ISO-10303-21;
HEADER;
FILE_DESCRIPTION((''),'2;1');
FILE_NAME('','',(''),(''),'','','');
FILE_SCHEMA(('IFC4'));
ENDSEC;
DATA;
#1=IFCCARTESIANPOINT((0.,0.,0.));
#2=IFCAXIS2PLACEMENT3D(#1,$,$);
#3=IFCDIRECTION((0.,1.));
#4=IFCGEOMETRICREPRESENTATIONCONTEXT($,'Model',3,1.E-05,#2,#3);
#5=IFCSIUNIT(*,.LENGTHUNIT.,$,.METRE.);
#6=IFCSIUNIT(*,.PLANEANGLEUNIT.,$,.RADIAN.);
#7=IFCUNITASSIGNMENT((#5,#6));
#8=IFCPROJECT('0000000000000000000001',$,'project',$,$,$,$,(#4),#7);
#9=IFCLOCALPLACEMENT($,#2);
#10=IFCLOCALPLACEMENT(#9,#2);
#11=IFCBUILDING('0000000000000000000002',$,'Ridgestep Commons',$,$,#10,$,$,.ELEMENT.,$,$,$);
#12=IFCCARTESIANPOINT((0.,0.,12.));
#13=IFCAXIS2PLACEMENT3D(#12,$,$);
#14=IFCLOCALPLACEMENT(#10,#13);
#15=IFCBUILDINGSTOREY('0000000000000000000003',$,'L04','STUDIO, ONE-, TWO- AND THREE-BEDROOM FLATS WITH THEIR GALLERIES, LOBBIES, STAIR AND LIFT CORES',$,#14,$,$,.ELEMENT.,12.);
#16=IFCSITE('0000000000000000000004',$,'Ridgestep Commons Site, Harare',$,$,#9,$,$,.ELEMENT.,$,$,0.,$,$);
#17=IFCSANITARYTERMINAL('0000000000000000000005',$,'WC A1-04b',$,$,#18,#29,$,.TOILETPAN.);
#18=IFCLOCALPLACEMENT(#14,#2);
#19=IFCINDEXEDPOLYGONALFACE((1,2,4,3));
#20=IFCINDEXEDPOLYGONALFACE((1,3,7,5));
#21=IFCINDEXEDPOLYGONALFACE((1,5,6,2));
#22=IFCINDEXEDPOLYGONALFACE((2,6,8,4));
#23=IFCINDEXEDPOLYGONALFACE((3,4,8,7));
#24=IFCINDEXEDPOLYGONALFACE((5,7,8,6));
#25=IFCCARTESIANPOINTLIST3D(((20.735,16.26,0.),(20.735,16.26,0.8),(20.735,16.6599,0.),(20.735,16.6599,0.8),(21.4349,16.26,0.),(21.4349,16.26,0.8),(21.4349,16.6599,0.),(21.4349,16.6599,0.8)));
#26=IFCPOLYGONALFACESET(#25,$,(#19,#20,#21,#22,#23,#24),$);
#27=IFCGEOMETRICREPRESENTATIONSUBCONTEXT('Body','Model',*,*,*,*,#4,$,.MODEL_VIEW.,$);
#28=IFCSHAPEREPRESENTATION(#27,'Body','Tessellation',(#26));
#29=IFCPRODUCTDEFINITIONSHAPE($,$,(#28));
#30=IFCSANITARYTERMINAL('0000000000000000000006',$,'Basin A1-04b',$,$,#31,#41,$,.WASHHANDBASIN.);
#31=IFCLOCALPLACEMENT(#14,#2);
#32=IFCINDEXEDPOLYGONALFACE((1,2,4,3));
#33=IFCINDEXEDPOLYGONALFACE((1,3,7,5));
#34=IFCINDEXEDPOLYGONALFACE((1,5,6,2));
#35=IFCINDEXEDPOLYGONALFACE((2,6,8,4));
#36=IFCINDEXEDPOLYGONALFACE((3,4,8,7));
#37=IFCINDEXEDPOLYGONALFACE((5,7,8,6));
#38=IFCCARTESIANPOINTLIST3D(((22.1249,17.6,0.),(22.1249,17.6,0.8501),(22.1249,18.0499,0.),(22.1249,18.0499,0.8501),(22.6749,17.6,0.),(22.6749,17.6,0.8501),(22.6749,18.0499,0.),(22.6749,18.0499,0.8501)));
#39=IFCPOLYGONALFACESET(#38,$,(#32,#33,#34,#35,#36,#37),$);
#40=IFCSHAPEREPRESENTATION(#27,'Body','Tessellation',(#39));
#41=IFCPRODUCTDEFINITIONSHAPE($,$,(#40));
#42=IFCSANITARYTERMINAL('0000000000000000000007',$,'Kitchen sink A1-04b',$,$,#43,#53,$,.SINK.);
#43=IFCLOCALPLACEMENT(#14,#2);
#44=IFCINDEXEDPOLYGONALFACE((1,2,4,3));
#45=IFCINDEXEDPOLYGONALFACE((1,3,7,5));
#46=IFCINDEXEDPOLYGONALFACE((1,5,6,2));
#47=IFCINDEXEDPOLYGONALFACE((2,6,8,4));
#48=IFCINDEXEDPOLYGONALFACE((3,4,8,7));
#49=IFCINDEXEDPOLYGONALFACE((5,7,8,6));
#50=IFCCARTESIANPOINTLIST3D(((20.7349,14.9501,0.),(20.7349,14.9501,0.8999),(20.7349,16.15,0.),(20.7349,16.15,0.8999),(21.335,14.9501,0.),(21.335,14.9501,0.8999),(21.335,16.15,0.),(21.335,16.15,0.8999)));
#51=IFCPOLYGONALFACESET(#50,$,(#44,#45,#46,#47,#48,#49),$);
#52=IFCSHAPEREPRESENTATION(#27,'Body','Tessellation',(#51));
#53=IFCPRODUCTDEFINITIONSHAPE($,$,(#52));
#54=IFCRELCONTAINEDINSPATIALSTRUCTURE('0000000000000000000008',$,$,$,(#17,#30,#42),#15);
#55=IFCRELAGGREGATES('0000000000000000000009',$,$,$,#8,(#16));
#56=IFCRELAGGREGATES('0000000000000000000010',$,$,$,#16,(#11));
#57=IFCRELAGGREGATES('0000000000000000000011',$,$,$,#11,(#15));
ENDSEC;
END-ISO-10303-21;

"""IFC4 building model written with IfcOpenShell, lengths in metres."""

from ifc_helpers import new_model, si_unit, direction, frame, origin, origin_2d, place, context, subcontext, project, spatial, rectangle, extrude, element, save


model = new_model("IFC4")

# Units and contexts
model_context = context("Model", 3, precision=1e-05, world=origin(), true_north=direction((0.0, 1.0)))
body_context = subcontext(model_context, "Body", "Model", "MODEL_VIEW")
ifc_project = project(units=[si_unit("LENGTHUNIT", "METRE"), si_unit("PLANEANGLEUNIT", "RADIAN")], contexts=[model_context])

# Site, building, storey
site_placement = place(None, origin())
site = spatial("IfcSite", under=ifc_project, at=site_placement, Name="Ridgestep Commons Site, Harare", CompositionType="ELEMENT", RefElevation=0.0)
building_placement = place(site_placement, origin())
building = spatial("IfcBuilding", under=site, at=building_placement, Name="Ridgestep Commons", CompositionType="ELEMENT")
storey_placement = place(building_placement, frame((0.0, 0.0, 12.0)))
storey = spatial("IfcBuildingStorey", under=building, at=storey_placement, Name="L04", Description="STUDIO, ONE-, TWO- AND THREE-BEDROOM FLATS WITH THEIR GALLERIES, LOBBIES, STAIR AND LIFT CORES", CompositionType="ELEMENT", Elevation=12.0)

# Sanitary terminals
sanitary_terminal_1_placement = place(storey_placement, frame((21.085, 16.46, 0.0), z_axis=(0.0, 0.0, 1.0), x_axis=(1.0, 0.0, 0.0)))
element("IfcSanitaryTerminal", 1, at=sanitary_terminal_1_placement, inside=storey, Name="WC A1-04b", PredefinedType="TOILETPAN", context=body_context, shape_type="SweptSolid", body=[
    extrude(rectangle(XDim=0.7, YDim=0.3999, at=origin_2d()), origin(), (0.0, 0.0, 1.0), 0.8),
])
sanitary_terminal_2_placement = place(storey_placement, frame((22.3999, 17.825, 0.0), z_axis=(0.0, 0.0, 1.0), x_axis=(1.0, 0.0, 0.0)))
element("IfcSanitaryTerminal", 2, at=sanitary_terminal_2_placement, inside=storey, Name="Basin A1-04b", PredefinedType="WASHHANDBASIN", context=body_context, shape_type="SweptSolid", body=[
    extrude(rectangle(XDim=0.55, YDim=0.45, at=origin_2d()), origin(), (0.0, 0.0, 1.0), 0.8501),
])
sanitary_terminal_3_placement = place(storey_placement, frame((21.0349, 15.55, 0.0), z_axis=(0.0, 0.0, 1.0), x_axis=(1.0, 0.0, 0.0)))
element("IfcSanitaryTerminal", 3, at=sanitary_terminal_3_placement, inside=storey, Name="Kitchen sink A1-04b", PredefinedType="SINK", context=body_context, shape_type="SweptSolid", body=[
    extrude(rectangle(XDim=0.6001, YDim=1.2, at=origin_2d()), origin(), (0.0, 0.0, 1.0), 0.8999),
])

save(model, "model.ifc")
